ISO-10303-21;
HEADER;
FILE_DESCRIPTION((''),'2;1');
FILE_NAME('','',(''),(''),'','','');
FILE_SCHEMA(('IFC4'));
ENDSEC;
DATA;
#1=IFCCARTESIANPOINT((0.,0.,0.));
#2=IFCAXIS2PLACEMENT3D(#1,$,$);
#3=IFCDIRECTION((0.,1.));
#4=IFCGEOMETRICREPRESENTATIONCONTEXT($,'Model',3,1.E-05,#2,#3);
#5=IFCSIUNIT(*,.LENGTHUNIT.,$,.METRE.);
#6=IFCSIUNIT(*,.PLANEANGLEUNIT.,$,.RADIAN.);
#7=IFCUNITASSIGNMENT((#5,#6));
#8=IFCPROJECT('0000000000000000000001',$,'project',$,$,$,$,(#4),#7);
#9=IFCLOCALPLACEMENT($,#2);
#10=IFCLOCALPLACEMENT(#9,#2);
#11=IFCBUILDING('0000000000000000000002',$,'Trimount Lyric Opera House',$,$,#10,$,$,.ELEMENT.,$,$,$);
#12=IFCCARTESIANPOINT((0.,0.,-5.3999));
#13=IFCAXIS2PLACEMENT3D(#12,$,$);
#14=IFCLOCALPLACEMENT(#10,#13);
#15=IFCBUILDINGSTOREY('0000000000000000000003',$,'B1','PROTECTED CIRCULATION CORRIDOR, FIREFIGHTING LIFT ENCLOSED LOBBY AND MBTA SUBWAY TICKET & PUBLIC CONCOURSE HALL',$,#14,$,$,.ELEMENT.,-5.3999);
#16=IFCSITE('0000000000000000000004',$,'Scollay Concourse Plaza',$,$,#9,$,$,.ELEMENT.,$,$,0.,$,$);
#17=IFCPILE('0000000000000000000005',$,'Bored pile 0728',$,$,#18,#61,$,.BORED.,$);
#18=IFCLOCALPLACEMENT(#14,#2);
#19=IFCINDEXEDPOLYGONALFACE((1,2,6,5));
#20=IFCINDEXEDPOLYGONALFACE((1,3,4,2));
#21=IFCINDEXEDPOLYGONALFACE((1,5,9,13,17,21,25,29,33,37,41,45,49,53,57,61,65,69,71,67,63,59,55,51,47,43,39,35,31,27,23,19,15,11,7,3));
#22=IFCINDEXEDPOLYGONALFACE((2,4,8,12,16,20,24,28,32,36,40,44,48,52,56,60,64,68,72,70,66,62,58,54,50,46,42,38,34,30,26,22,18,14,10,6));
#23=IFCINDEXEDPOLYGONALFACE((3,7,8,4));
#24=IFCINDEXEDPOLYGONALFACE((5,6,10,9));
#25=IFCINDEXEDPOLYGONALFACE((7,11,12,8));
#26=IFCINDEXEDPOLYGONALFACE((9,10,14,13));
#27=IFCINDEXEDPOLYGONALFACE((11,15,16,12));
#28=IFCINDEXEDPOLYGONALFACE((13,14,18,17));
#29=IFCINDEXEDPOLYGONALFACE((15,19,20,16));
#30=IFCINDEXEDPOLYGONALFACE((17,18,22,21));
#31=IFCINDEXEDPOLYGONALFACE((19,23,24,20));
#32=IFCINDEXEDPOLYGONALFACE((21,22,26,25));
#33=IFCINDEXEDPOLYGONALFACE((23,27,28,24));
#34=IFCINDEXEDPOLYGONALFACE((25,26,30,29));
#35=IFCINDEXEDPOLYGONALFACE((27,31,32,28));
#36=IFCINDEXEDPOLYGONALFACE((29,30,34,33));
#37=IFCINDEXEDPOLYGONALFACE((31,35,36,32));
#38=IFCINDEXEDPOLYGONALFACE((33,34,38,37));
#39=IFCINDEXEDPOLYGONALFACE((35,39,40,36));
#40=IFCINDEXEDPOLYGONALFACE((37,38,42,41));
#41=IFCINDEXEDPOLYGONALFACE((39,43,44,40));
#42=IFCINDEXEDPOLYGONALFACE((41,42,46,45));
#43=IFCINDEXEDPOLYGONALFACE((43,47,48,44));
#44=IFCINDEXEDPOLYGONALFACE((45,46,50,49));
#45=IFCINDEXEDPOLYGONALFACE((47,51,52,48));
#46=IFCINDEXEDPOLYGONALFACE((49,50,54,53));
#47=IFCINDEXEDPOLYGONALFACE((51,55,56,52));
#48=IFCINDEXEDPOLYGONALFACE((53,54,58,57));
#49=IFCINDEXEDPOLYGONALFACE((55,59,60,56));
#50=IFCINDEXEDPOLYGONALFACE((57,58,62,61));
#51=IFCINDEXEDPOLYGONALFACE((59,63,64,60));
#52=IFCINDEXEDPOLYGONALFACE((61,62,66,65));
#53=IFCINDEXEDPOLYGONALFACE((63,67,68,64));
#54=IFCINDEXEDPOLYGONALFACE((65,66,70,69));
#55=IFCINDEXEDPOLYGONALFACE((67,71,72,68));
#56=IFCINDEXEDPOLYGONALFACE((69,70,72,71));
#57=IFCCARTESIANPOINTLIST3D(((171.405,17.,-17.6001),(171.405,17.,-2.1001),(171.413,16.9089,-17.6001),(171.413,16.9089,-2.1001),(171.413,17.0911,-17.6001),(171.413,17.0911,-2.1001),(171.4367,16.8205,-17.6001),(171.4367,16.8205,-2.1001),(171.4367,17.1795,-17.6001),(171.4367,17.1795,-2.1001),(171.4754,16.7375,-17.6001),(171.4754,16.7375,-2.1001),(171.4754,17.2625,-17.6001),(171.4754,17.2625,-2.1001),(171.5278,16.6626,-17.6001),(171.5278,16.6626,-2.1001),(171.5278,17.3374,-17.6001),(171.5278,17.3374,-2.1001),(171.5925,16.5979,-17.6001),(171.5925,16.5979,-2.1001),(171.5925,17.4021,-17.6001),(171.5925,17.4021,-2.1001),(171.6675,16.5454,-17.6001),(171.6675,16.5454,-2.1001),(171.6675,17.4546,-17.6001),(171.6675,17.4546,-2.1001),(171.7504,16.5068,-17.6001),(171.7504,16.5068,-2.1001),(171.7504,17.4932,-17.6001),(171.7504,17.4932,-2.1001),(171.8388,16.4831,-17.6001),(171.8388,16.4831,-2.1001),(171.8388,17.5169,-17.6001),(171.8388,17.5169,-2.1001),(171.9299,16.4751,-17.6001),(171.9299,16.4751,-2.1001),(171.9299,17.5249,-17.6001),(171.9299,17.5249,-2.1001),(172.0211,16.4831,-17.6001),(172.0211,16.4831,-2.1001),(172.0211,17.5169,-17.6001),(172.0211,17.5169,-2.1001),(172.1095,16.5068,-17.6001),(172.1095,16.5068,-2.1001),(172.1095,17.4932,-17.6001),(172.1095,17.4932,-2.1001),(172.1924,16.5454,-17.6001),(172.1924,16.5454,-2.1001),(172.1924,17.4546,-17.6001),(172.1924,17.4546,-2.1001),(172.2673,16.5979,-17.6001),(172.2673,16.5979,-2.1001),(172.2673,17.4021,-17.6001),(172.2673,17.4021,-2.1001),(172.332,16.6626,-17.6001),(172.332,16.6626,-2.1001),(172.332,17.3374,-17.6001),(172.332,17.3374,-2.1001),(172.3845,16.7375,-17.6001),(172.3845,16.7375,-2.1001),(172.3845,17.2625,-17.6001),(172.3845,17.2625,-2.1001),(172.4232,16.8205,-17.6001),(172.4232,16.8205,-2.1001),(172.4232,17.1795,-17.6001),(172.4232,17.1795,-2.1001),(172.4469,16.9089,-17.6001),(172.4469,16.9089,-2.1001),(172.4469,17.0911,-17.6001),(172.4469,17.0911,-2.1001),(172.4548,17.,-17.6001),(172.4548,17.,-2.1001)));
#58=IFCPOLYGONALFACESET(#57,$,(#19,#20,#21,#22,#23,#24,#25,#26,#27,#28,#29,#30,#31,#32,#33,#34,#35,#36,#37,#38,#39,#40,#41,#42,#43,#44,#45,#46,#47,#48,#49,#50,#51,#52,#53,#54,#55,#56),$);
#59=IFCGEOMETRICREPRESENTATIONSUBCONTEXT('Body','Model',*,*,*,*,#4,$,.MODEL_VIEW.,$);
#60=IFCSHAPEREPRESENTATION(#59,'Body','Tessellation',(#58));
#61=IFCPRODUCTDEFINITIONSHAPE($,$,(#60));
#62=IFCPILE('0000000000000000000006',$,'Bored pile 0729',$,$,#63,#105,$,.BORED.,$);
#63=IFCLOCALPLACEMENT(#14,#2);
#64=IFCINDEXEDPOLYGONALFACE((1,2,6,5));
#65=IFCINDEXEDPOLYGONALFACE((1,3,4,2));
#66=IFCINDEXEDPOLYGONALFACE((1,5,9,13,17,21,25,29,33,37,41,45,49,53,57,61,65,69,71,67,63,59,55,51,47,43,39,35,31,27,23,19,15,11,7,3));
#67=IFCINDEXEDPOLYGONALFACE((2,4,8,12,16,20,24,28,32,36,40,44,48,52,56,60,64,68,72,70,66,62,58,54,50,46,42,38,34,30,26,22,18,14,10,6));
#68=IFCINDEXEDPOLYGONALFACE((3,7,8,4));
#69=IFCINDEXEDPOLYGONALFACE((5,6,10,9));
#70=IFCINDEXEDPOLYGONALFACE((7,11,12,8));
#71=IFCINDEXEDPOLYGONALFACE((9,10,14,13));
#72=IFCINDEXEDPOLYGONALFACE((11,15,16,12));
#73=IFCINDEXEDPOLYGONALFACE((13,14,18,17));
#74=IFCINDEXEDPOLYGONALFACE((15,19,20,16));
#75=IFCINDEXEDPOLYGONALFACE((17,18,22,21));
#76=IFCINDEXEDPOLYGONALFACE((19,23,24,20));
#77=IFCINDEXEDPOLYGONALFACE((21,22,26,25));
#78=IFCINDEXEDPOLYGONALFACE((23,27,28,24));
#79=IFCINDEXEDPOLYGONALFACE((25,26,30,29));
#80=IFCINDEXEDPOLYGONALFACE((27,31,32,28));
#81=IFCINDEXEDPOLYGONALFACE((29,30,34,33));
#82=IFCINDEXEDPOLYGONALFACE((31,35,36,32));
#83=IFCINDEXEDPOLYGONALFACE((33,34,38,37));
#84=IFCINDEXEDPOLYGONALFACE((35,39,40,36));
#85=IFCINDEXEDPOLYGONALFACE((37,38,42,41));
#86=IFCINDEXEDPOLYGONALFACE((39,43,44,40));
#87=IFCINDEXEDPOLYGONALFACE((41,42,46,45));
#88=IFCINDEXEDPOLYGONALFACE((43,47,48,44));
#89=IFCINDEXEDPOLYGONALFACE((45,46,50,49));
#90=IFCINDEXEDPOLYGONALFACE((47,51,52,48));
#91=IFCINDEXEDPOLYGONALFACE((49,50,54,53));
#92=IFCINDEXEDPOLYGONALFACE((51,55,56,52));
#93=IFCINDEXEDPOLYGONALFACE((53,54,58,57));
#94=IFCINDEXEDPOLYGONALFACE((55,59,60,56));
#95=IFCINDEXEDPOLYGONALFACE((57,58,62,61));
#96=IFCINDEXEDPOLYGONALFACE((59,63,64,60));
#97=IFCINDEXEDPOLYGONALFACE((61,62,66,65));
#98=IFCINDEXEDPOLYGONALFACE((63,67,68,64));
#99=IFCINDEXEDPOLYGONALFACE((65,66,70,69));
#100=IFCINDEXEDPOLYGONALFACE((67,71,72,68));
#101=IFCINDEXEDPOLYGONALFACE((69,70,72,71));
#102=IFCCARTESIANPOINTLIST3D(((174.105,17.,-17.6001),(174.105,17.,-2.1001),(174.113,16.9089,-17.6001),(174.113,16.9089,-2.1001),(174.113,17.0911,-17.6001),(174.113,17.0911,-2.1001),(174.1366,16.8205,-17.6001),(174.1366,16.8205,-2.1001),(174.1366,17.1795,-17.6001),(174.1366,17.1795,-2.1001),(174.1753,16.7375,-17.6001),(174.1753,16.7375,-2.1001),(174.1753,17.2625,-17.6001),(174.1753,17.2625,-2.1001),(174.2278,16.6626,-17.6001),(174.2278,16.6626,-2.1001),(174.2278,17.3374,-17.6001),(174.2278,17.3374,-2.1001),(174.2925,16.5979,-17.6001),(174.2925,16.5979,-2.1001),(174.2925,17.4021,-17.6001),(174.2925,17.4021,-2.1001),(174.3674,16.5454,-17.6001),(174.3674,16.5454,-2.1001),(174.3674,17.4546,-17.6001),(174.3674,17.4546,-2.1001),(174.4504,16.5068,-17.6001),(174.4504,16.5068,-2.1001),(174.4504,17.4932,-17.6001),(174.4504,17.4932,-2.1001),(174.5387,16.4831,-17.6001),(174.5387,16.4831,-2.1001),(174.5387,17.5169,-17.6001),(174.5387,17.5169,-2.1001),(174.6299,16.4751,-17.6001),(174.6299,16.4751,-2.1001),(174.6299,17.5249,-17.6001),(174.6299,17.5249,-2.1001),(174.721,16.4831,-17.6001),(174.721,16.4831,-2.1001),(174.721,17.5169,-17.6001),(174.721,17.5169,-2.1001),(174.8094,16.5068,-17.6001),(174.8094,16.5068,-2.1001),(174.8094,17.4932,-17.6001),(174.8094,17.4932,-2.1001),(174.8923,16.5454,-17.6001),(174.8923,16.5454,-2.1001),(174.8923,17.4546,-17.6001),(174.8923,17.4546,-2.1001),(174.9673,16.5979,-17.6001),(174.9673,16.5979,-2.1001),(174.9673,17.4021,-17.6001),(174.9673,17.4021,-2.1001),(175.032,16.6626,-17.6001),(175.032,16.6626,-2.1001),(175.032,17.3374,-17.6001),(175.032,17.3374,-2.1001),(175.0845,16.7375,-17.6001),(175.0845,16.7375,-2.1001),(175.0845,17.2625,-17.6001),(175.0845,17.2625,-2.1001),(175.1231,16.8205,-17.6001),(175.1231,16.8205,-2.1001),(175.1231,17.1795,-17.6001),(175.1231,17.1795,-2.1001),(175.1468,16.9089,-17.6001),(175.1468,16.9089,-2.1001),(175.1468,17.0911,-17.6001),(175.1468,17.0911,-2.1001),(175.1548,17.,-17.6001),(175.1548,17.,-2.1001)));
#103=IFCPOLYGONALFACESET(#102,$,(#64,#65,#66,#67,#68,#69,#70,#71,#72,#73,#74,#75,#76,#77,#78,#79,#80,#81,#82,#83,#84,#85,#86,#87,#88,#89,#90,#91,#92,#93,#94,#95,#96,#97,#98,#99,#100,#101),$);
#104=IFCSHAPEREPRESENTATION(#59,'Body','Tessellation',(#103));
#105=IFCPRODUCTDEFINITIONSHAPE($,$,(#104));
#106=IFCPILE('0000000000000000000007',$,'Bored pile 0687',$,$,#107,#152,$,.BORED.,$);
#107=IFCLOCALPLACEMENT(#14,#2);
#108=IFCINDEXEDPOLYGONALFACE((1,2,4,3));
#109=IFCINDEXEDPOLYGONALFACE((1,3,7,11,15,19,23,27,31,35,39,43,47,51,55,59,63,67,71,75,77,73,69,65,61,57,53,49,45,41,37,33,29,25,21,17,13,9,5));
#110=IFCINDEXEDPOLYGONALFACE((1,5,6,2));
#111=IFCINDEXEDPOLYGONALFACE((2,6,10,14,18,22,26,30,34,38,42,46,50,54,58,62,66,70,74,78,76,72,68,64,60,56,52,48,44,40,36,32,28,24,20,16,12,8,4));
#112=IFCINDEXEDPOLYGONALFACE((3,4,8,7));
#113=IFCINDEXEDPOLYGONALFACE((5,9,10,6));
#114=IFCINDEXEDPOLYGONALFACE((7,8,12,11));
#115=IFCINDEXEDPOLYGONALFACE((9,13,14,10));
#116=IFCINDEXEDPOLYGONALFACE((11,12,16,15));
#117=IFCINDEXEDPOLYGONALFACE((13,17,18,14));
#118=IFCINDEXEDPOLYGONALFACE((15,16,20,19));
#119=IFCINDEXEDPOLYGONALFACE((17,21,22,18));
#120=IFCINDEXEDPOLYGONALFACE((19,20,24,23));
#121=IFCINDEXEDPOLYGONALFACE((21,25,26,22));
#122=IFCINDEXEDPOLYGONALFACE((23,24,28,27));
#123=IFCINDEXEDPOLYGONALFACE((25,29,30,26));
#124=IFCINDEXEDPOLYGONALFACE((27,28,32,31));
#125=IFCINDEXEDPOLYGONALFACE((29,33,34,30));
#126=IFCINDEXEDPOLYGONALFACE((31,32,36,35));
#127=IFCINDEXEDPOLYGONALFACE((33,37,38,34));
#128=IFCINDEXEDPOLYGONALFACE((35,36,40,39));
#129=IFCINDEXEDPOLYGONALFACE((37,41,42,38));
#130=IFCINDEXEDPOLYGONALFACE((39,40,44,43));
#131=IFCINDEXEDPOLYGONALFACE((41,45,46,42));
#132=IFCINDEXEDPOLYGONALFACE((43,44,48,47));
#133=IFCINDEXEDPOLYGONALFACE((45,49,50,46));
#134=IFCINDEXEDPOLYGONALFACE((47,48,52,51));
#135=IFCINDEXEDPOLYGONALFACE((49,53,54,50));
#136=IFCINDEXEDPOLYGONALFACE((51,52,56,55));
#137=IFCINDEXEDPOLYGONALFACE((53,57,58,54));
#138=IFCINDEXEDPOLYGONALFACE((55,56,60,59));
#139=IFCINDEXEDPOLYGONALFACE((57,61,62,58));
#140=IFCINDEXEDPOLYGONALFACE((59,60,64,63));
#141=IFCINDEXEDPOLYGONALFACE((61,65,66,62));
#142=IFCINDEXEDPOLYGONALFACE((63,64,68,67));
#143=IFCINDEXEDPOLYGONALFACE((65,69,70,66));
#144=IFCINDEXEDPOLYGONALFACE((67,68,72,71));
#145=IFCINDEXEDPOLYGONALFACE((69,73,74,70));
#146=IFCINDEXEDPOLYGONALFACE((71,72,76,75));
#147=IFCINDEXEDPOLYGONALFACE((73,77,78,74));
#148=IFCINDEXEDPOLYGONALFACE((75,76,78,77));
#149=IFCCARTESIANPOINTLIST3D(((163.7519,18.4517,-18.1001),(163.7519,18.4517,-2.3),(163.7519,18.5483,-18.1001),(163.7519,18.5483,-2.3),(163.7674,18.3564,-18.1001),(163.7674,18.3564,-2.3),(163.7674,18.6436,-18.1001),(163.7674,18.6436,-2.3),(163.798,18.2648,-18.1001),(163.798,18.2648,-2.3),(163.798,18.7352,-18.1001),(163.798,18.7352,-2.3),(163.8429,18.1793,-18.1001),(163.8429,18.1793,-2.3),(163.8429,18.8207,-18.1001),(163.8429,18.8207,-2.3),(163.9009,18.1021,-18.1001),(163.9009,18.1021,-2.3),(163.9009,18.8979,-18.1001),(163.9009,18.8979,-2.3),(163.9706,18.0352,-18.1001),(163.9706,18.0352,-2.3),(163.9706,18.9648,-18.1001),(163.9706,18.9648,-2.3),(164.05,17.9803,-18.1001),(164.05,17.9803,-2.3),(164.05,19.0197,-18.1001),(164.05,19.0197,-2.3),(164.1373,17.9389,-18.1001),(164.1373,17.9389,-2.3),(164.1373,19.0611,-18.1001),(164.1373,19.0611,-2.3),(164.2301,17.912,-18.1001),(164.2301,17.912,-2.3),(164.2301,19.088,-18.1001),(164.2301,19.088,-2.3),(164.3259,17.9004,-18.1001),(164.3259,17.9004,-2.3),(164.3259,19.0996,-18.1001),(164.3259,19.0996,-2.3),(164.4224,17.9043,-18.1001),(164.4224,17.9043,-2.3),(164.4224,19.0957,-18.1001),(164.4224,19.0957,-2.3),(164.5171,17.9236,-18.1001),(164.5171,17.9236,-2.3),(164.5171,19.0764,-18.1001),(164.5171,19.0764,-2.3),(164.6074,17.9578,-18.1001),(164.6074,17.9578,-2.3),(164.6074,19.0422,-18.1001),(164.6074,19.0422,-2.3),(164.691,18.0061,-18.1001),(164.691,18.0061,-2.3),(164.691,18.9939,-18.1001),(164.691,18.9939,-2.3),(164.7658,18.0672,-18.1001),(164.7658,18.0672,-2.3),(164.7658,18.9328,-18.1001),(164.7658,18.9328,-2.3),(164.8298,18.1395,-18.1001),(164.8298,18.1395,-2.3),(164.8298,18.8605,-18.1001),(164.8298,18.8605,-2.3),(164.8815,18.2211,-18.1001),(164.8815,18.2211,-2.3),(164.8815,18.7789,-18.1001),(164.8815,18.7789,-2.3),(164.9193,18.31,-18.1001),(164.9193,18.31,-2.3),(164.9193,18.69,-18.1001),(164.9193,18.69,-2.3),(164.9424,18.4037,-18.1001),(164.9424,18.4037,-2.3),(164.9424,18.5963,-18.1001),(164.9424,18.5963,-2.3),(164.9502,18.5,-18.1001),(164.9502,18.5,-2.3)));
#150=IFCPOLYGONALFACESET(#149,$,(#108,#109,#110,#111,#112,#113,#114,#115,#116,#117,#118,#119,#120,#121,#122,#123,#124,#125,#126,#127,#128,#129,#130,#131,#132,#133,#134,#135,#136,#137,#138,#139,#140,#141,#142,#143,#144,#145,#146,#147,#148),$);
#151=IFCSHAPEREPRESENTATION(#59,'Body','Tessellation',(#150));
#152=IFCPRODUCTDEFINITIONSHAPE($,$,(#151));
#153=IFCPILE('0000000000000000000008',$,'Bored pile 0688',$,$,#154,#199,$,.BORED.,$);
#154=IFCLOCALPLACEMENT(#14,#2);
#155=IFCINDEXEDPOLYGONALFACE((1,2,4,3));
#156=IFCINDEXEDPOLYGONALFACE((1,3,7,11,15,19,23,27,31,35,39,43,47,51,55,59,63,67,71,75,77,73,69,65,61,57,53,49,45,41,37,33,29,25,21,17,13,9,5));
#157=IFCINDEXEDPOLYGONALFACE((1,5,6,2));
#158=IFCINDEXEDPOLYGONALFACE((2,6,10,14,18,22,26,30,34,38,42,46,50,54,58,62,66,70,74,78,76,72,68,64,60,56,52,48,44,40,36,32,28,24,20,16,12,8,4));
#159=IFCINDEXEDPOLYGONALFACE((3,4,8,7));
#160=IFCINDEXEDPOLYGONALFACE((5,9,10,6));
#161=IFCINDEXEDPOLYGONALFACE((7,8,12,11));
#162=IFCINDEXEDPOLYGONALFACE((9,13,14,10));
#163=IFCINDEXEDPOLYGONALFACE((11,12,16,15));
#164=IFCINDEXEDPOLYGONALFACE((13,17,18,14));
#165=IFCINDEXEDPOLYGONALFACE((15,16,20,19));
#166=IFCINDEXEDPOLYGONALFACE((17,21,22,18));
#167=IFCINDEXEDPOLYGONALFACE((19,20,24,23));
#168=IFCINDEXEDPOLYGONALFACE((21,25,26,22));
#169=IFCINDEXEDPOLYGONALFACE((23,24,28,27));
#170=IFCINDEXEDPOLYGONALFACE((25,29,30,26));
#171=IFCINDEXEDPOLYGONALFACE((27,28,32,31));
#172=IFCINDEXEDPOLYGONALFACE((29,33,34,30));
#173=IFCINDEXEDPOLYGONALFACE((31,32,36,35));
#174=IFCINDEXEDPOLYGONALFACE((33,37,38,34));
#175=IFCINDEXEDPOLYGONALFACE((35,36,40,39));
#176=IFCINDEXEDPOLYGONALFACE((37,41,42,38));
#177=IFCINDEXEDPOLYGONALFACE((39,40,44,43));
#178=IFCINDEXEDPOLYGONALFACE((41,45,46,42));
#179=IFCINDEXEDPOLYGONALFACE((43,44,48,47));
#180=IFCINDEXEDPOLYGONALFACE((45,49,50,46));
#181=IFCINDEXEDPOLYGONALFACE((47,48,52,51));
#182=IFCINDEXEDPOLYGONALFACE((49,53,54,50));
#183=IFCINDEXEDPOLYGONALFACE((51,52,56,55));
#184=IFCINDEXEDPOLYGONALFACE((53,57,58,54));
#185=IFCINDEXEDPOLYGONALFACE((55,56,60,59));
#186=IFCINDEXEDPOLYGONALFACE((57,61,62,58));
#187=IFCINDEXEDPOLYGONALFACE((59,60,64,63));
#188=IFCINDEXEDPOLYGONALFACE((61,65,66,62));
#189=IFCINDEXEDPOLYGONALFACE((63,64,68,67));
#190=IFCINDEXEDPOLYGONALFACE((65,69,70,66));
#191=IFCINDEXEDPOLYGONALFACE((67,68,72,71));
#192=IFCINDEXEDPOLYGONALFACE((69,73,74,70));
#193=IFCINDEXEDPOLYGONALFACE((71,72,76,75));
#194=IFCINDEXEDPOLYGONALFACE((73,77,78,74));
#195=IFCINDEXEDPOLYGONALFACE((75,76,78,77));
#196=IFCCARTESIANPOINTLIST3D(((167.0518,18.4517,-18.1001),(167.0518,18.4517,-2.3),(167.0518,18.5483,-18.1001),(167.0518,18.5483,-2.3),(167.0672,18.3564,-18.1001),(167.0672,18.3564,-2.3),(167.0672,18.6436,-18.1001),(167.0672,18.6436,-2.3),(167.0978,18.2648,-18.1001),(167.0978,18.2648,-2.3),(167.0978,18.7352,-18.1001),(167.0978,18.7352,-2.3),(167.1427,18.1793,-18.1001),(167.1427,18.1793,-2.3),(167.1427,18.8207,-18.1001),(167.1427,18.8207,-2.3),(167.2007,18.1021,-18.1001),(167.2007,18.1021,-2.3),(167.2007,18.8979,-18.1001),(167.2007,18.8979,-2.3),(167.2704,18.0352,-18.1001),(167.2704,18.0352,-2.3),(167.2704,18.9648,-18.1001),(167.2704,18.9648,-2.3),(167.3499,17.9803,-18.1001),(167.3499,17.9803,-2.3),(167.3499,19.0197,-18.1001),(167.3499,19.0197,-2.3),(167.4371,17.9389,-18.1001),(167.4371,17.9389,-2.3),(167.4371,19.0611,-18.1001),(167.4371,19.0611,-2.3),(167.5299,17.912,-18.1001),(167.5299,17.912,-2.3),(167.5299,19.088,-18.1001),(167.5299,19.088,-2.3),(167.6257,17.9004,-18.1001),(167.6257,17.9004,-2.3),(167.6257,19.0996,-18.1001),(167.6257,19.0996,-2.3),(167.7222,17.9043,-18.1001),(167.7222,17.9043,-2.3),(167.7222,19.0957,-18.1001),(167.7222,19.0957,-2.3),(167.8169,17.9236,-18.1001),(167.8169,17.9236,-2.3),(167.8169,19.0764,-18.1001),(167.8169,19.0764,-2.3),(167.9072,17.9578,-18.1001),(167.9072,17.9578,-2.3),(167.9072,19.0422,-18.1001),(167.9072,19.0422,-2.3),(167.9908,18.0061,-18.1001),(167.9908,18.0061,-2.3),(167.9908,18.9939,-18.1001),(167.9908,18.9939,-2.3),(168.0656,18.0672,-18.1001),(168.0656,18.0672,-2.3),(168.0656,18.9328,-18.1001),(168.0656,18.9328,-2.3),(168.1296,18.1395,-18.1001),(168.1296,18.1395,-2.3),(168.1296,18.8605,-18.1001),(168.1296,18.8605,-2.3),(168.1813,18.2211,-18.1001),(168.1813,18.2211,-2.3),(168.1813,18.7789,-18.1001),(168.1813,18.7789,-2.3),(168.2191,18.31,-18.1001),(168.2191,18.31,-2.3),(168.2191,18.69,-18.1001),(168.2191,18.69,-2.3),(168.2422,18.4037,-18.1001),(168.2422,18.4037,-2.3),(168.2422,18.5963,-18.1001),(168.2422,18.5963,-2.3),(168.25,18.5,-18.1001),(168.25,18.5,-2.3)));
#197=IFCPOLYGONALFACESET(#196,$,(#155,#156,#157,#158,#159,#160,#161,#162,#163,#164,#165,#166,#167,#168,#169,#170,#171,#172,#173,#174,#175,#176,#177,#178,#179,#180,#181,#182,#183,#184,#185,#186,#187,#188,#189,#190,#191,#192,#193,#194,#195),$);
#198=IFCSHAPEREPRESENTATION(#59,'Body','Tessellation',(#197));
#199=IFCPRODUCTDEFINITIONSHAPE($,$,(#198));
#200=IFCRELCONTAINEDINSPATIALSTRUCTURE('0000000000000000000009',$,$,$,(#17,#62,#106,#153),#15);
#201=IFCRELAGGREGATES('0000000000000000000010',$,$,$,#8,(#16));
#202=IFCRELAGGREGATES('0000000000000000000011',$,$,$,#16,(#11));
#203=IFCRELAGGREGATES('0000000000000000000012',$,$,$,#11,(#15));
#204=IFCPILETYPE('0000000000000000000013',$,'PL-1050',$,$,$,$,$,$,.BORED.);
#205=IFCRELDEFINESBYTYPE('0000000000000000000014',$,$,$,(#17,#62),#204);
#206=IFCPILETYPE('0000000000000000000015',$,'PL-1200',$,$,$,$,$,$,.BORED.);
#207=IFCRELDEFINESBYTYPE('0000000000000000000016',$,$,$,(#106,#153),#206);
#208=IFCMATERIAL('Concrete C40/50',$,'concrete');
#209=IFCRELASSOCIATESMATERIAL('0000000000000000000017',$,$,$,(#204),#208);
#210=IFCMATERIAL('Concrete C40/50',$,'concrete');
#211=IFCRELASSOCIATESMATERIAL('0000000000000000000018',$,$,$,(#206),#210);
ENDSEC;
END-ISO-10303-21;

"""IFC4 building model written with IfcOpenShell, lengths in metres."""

from ifc_helpers import new_model, si_unit, direction, frame, origin, origin_2d, place, context, subcontext, project, spatial, circle, extrude, material, material_profile, profile_set, type_object, element, save


model = new_model("IFC4")

# Units and contexts
model_context = context("Model", 3, precision=1e-05, world=origin(), true_north=direction((0.0, 1.0)))
body_context = subcontext(model_context, "Body", "Model", "MODEL_VIEW")
ifc_project = project(units=[si_unit("LENGTHUNIT", "METRE"), si_unit("PLANEANGLEUNIT", "RADIAN")], contexts=[model_context])

# Site, building, storey
site_placement = place(None, origin())
site = spatial("IfcSite", under=ifc_project, at=site_placement, Name="Scollay Concourse Plaza", CompositionType="ELEMENT", RefElevation=0.0)
building_placement = place(site_placement, origin())
building = spatial("IfcBuilding", under=site, at=building_placement, Name="Trimount Lyric Opera House", CompositionType="ELEMENT")
storey_placement = place(building_placement, frame((0.0, 0.0, -5.3999)))
storey = spatial("IfcBuildingStorey", under=building, at=storey_placement, Name="B1", Description="PROTECTED CIRCULATION CORRIDOR, FIREFIGHTING LIFT ENCLOSED LOBBY AND MBTA SUBWAY TICKET & PUBLIC CONCOURSE HALL", CompositionType="ELEMENT", Elevation=-5.3999)

# Piles
ifc_material_1 = material(Name="Concrete C40/50", Category="concrete")
ifc_material_profile_1 = material_profile(ifc_material_1, circle(Radius=0.5249, at=origin_2d()), Name="PILE-D1050")
ifc_profile_set_1 = profile_set([ifc_material_profile_1], Name="Concrete C40/50")
pile_type_1 = type_object("IfcPileType", Name="PL-1050", PredefinedType="BORED", material=ifc_profile_set_1)
for number, where, z_axis, x_axis, name in (
    (1, (171.9299, 17.0, -2.1001), (0.0, 0.0, -1.0), (1.0, 0.0, 0.0), "Bored pile 0728"),
    (2, (174.6299, 17.0, -2.1001), (0.0, 0.0, -1.0), (1.0, 0.0, 0.0), "Bored pile 0729"),
):
    element("IfcPile", number, at=place(storey_placement, frame(where, z_axis=z_axis, x_axis=x_axis)), inside=storey, type_object=pile_type_1, Name=name, PredefinedType="BORED", context=body_context, shape_type="SweptSolid", body=[
        extrude(circle(Radius=0.5249, at=origin_2d()), origin(), (0.0, 0.0, 1.0), 15.5),
    ])
ifc_material_2 = material(Name="Concrete C40/50", Category="concrete")
ifc_material_profile_2 = material_profile(ifc_material_2, circle(Radius=0.6001, at=origin_2d()), Name="PILE-D1200")
ifc_profile_set_2 = profile_set([ifc_material_profile_2], Name="Concrete C40/50")
pile_type_2 = type_object("IfcPileType", Name="PL-1200", PredefinedType="BORED", material=ifc_profile_set_2)
for number, where, z_axis, x_axis, name in (
    (3, (164.3501, 18.5, -2.3), (0.0, 0.0, -1.0), (1.0, 0.0, 0.0), "Bored pile 0687"),
    (4, (167.6499, 18.5, -2.3), (0.0, 0.0, -1.0), (1.0, 0.0, 0.0), "Bored pile 0688"),
):
    element("IfcPile", number, at=place(storey_placement, frame(where, z_axis=z_axis, x_axis=x_axis)), inside=storey, type_object=pile_type_2, Name=name, PredefinedType="BORED", context=body_context, shape_type="SweptSolid", body=[
        extrude(circle(Radius=0.6001, at=origin_2d()), origin(), (0.0, 0.0, 1.0), 15.8),
    ])

save(model, "model.ifc")
